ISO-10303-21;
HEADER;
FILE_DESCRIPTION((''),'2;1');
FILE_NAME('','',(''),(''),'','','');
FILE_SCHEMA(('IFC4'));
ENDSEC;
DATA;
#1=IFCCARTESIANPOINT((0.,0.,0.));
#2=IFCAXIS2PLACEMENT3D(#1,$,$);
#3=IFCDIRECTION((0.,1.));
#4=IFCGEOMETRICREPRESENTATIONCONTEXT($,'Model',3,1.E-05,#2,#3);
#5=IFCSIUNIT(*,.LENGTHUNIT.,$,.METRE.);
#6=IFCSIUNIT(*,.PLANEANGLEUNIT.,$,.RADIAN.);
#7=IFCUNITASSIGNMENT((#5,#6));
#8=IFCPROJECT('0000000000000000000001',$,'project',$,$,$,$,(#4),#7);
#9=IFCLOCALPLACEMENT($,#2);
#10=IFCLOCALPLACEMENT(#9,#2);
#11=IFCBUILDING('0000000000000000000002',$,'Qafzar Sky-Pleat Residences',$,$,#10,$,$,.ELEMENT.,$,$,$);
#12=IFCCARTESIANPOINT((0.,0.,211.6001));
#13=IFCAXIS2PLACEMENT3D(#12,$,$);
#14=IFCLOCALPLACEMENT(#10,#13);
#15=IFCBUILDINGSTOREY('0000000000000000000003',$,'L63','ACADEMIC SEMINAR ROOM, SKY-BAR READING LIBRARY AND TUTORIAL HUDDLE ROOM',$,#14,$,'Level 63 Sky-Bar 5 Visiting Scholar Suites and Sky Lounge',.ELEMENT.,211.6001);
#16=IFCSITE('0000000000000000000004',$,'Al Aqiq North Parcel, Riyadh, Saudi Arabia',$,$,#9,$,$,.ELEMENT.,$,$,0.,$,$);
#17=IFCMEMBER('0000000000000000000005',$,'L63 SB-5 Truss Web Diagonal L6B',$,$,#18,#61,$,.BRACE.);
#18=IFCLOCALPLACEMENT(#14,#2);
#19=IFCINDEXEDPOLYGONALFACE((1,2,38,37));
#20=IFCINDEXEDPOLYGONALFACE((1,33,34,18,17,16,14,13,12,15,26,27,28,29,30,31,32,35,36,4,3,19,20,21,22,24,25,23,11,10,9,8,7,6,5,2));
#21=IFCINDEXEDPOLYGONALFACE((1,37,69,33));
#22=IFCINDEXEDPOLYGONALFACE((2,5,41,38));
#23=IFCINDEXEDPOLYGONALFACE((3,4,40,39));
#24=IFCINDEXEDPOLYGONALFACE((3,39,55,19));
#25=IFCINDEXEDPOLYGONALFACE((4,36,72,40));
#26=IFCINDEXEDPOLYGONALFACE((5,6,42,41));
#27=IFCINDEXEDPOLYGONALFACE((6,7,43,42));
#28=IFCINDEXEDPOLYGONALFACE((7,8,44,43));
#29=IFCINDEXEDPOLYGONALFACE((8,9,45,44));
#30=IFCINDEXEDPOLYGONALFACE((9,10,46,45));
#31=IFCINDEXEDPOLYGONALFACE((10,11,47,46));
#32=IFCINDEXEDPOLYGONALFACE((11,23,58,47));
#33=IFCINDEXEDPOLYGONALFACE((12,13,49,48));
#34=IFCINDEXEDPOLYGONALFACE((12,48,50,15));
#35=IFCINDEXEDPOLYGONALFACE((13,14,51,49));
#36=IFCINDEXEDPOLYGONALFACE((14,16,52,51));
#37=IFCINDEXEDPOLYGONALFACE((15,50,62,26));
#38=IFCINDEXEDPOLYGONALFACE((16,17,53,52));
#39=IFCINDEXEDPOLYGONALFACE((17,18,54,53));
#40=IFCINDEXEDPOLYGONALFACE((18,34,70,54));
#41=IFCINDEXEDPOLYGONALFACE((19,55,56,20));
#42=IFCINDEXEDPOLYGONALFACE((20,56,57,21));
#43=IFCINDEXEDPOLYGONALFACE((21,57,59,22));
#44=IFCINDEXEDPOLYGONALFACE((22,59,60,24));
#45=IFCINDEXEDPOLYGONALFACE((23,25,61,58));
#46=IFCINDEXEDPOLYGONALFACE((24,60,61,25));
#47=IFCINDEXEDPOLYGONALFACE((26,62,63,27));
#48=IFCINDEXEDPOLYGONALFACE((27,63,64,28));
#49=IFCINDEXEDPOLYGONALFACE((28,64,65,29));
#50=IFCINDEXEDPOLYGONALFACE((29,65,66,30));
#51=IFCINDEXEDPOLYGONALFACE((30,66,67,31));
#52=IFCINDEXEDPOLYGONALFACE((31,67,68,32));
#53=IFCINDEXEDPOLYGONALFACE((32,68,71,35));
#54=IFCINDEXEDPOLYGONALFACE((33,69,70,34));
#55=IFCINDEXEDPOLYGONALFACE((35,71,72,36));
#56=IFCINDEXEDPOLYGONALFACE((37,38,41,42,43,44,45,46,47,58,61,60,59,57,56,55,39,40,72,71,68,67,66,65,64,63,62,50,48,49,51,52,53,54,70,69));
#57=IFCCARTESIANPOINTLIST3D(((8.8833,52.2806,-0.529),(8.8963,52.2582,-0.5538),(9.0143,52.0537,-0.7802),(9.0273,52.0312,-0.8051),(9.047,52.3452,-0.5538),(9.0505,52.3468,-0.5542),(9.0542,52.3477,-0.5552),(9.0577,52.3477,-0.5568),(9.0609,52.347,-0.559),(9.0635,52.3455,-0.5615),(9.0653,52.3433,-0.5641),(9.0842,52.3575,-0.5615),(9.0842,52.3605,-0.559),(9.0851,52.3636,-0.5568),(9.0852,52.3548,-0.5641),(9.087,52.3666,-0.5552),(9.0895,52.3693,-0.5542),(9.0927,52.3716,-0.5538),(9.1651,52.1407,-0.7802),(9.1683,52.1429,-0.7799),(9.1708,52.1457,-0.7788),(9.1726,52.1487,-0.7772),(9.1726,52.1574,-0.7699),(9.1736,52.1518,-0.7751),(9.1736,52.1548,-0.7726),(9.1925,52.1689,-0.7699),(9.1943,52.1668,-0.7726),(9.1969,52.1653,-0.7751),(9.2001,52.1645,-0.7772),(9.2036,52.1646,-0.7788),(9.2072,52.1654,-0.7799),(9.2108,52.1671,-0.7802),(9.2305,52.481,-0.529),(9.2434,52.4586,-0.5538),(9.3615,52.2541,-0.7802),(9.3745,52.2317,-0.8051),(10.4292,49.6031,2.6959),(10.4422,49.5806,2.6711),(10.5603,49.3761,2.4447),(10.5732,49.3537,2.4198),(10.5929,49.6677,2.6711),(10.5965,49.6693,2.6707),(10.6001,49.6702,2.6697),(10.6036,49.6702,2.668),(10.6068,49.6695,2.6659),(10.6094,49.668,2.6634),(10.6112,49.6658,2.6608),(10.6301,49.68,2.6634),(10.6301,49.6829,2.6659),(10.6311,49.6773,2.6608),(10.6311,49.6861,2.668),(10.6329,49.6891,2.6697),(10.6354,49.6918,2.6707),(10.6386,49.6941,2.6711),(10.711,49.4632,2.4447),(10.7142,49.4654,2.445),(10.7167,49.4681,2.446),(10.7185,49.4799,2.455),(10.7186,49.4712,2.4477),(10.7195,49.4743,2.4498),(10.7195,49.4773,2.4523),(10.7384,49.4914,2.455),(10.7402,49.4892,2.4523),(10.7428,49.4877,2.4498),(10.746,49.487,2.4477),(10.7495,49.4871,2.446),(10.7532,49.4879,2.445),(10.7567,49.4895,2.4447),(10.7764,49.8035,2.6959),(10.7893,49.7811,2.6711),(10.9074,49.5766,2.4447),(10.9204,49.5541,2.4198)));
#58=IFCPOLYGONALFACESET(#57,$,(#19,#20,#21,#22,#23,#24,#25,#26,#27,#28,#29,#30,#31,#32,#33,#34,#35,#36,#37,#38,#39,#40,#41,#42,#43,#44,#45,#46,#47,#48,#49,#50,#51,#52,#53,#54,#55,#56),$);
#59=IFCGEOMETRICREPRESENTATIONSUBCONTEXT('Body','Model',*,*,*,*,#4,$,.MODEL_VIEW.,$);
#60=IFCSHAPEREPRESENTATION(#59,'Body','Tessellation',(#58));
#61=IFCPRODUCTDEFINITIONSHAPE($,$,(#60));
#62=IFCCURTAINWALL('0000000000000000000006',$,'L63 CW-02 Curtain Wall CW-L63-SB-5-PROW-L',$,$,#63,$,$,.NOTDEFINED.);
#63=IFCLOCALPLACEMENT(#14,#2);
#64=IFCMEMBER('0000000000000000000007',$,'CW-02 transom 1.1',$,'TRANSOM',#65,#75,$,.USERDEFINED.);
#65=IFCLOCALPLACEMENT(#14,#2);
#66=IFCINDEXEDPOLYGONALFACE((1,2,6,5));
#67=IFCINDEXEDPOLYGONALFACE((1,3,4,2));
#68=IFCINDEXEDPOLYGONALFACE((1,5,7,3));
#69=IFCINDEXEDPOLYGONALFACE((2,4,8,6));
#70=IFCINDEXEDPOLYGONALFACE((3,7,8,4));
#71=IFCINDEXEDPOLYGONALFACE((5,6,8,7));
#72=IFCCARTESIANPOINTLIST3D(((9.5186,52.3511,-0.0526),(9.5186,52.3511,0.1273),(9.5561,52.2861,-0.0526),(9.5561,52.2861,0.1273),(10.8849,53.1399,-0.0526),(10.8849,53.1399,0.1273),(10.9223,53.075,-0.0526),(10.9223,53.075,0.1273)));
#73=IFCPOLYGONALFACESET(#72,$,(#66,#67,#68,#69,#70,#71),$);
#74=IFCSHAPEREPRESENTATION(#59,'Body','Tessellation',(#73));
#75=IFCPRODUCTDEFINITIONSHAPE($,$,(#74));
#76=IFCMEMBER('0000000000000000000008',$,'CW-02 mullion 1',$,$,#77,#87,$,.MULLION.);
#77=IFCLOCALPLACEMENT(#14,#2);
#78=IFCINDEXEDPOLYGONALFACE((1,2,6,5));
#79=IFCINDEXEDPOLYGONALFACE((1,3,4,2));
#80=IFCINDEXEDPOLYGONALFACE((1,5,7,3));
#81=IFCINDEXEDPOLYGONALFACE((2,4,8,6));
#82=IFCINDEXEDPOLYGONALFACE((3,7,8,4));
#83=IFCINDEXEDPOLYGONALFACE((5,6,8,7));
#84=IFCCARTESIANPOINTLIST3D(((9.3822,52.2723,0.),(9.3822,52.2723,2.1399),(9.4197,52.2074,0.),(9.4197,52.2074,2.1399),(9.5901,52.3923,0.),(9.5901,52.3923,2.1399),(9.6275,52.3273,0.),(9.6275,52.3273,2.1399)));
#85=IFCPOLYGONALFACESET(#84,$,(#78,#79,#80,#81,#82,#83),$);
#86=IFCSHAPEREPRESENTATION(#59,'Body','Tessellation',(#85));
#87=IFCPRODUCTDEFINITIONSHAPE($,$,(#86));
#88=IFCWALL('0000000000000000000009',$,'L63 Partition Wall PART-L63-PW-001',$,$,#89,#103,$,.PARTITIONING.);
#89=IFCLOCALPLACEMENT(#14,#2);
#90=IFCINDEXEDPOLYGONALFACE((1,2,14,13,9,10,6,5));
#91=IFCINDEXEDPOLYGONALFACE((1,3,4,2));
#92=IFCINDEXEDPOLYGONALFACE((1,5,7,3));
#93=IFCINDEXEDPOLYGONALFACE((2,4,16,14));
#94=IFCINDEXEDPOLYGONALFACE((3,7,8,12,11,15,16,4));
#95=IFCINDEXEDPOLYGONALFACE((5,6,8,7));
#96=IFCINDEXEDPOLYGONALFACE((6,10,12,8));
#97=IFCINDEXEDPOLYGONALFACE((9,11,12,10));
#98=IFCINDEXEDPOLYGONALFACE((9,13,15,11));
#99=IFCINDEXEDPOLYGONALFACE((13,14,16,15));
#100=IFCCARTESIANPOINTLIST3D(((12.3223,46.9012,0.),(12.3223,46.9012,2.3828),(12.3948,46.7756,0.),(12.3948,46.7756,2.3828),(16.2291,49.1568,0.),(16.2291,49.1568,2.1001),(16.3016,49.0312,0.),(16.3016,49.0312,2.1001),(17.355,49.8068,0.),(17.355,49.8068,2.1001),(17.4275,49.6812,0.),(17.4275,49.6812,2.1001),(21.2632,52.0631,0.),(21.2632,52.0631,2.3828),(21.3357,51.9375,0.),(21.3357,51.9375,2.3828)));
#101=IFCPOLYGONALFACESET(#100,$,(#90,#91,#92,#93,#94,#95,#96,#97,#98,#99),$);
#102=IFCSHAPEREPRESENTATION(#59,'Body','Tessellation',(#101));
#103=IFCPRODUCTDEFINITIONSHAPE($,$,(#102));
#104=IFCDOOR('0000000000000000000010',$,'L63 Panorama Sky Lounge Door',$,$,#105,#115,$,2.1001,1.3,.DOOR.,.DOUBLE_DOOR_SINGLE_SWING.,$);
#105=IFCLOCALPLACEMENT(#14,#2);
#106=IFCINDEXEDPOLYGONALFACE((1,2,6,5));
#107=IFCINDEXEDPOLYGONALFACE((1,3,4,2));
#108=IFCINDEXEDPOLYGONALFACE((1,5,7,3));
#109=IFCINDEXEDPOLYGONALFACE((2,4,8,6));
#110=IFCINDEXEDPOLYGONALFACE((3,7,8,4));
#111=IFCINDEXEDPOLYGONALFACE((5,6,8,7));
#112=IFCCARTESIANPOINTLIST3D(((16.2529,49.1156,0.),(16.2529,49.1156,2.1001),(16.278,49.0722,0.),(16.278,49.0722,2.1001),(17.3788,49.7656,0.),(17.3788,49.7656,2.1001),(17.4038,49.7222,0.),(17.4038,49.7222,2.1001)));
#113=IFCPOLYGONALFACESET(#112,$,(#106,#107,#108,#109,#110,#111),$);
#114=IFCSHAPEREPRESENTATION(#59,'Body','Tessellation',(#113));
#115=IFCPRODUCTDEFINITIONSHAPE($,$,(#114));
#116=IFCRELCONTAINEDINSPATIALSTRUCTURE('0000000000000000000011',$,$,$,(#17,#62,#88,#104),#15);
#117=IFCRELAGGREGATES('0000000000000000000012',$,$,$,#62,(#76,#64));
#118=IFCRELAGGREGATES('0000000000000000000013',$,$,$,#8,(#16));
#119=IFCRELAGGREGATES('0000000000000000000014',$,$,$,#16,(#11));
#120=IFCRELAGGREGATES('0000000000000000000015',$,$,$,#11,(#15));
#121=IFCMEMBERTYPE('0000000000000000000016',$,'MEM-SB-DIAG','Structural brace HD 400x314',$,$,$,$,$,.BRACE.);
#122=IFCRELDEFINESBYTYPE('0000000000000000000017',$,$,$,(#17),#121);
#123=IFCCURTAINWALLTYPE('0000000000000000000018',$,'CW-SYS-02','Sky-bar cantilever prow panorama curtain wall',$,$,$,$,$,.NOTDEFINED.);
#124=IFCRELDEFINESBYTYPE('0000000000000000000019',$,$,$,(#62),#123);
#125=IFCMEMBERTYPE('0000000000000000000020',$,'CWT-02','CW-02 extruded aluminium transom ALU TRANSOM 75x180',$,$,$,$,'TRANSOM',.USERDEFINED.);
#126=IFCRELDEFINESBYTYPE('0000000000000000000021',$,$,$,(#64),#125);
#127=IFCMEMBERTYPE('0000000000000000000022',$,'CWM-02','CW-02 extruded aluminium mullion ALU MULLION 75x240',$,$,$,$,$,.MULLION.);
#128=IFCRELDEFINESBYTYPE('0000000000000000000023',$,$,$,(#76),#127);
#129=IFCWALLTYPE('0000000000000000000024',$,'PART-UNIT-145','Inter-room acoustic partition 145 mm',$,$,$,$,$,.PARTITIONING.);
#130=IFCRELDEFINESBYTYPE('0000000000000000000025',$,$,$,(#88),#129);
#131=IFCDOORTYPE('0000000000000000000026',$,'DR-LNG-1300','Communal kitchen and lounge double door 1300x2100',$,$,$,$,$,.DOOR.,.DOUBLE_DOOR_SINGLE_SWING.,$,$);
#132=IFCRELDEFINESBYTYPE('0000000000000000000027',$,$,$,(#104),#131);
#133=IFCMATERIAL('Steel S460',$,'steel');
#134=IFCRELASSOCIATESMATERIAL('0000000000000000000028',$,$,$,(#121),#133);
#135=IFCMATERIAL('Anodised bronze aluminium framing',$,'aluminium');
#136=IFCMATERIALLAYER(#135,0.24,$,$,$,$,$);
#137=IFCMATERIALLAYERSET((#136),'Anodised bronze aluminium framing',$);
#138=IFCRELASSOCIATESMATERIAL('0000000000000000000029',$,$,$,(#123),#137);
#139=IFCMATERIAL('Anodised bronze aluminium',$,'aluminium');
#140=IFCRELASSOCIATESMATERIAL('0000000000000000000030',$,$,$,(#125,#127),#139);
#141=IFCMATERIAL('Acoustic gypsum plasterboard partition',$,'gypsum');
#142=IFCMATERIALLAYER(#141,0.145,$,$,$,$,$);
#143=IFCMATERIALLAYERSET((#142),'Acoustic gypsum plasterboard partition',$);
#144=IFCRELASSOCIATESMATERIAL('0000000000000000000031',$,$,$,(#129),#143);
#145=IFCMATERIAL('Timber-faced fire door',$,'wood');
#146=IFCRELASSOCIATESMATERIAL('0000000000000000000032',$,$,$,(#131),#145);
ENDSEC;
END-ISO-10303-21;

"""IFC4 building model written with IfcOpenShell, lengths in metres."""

from ifc_helpers import new_model, si_unit, direction, frame, frame_2d, origin, origin_2d, place, context, subcontext, project, spatial, rectangle, i_section, extrude, source, transform, mapped, material, layer, layer_set, material_profile, profile_set, type_object, element, fill, aggregate, save


model = new_model("IFC4")

# Units and contexts
model_context = context("Model", 3, precision=1e-05, world=origin(), true_north=direction((0.0, 1.0)))
body_context = subcontext(model_context, "Body", "Model", "MODEL_VIEW")
ifc_project = project(units=[si_unit("LENGTHUNIT", "METRE"), si_unit("PLANEANGLEUNIT", "RADIAN")], contexts=[model_context])

# Site, building, storey
site_placement = place(None, origin())
site = spatial("IfcSite", under=ifc_project, at=site_placement, Name="Al Aqiq North Parcel, Riyadh, Saudi Arabia", CompositionType="ELEMENT", RefElevation=0.0)
building_placement = place(site_placement, origin())
building = spatial("IfcBuilding", under=site, at=building_placement, Name="Qafzar Sky-Pleat Residences", CompositionType="ELEMENT")
storey_placement = place(building_placement, frame((0.0, 0.0, 211.6001)))
storey = spatial("IfcBuildingStorey", under=building, at=storey_placement, Name="L63", Description="ACADEMIC SEMINAR ROOM, SKY-BAR READING LIBRARY AND TUTORIAL HUDDLE ROOM", LongName="Level 63 Sky-Bar 5 Visiting Scholar Suites and Sky Lounge", CompositionType="ELEMENT", Elevation=211.6001)

# Member
ifc_material_1 = material(Name="Steel S460", Category="steel")
ifc_material_profile_1 = material_profile(ifc_material_1, i_section(OverallWidth=0.4009, OverallDepth=0.3989, WebThickness=0.0229, FlangeThickness=0.0359, FilletRadius=0.0149, at=origin_2d()), Name="HD 400x314")
ifc_profile_set_1 = profile_set([ifc_material_profile_1], Name="Steel S460")
member_type_1 = type_object("IfcMemberType", Name="MEM-SB-DIAG", Description="Structural brace HD 400x314", PredefinedType="BRACE", material=ifc_profile_set_1)
shared_shape_1 = source(origin(), body_context, "Body", "SweptSolid", [
    extrude(i_section(OverallWidth=0.4009, OverallDepth=0.3989, WebThickness=0.0229, FlangeThickness=0.0359, FilletRadius=0.0149, at=origin_2d()), origin(), (0.0, 0.0, 1.0), 4.4675),
])
for number, where, z_axis, x_axis, name in (
    (1, (10.6748, 49.5786, 2.5579), (-0.346033, 0.599328, -0.72185), (-0.866019, -0.500012, 0.0), "L63 SB-5 Truss Web Diagonal L6B"),
):
    element("IfcMember", number, at=place(storey_placement, frame(where, z_axis=z_axis, x_axis=x_axis)), inside=storey, type_object=member_type_1, Name=name, PredefinedType="BRACE", context=body_context, shape_type="MappedRepresentation", body=[
        mapped(shared_shape_1, transform((0.0, 0.0, 0.0), x_axis=(1.0, 0.0, 0.0), y_axis=(0.0, 1.0, 0.0), z_axis=(0.0, 0.0, 1.0), scale=1.0)),
    ])

# Curtain wall, members
ifc_material_2 = material(Name="Anodised bronze aluminium framing", Category="aluminium")
ifc_layer_1 = layer(ifc_material_2, 0.24)
ifc_layer_set_1 = layer_set([ifc_layer_1], Name="Anodised bronze aluminium framing")
curtain_wall_type = type_object("IfcCurtainWallType", Name="CW-SYS-02", Description="Sky-bar cantilever prow panorama curtain wall", PredefinedType="NOTDEFINED", material=ifc_layer_set_1)
curtain_wall_placement = place(storey_placement, origin())
curtain_wall = element("IfcCurtainWall", 2, at=curtain_wall_placement, inside=storey, type_object=curtain_wall_type, Name="L63 CW-02 Curtain Wall CW-L63-SB-5-PROW-L", PredefinedType="NOTDEFINED")
ifc_material_3 = material(Name="Anodised bronze aluminium", Category="aluminium")
ifc_material_profile_2 = material_profile(ifc_material_3, rectangle(XDim=0.075, YDim=0.1799, at=origin_2d()), Name="ALU TRANSOM 75x180")
ifc_profile_set_2 = profile_set([ifc_material_profile_2], Name="Anodised bronze aluminium")
member_type_2 = type_object("IfcMemberType", Name="CWT-02", Description="CW-02 extruded aluminium transom ALU TRANSOM 75x180", ElementType="TRANSOM", PredefinedType="USERDEFINED", material=ifc_profile_set_2)
shared_shape_2 = source(origin(), body_context, "Body", "SweptSolid", [
    extrude(rectangle(XDim=0.075, YDim=0.1799, at=origin_2d()), origin(), (0.0, 0.0, 1.0), 1.5776),
])
member_1_placement = place(storey_placement, frame((9.5374, 52.3186, 0.0374), z_axis=(0.866015, 0.500017, 0.0), x_axis=(-0.500017, 0.866015, 0.0)))
member_1 = element("IfcMember", 3, at=member_1_placement, type_object=member_type_2, Name="CW-02 transom 1.1", ObjectType="TRANSOM", PredefinedType="USERDEFINED", context=body_context, shape_type="MappedRepresentation", body=[
    mapped(shared_shape_2, transform((0.0, 0.0, 0.0), x_axis=(1.0, 0.0, 0.0), y_axis=(0.0, 1.0, 0.0), z_axis=(0.0, 0.0, 1.0), scale=1.0)),
])
ifc_material_profile_3 = material_profile(ifc_material_3, rectangle(XDim=0.075, YDim=0.24, at=origin_2d()), Name="ALU MULLION 75x240")
ifc_profile_set_3 = profile_set([ifc_material_profile_3], Name="Anodised bronze aluminium")
member_type_3 = type_object("IfcMemberType", Name="CWM-02", Description="CW-02 extruded aluminium mullion ALU MULLION 75x240", PredefinedType="MULLION", material=ifc_profile_set_3)
shared_shape_3 = source(origin(), body_context, "Body", "SweptSolid", [
    extrude(rectangle(XDim=0.075, YDim=0.24, at=origin_2d()), origin(), (0.0, 0.0, 1.0), 2.1399),
])
member_2_placement = place(storey_placement, frame((9.5049, 52.2998, 0.0), z_axis=(0.0, 0.0, 1.0), x_axis=(-0.499996, 0.866028, 0.0)))
member_2 = element("IfcMember", 4, at=member_2_placement, type_object=member_type_3, Name="CW-02 mullion 1", PredefinedType="MULLION", context=body_context, shape_type="MappedRepresentation", body=[
    mapped(shared_shape_3, transform((0.0, 0.0, 0.0), x_axis=(1.0, 0.0, 0.0), y_axis=(0.0, 1.0, 0.0), z_axis=(0.0, 0.0, 1.0), scale=1.0)),
])
aggregate(curtain_wall, [member_2, member_1])

# Wall, opening, door
ifc_material_4 = material(Name="Acoustic gypsum plasterboard partition", Category="gypsum")
ifc_layer_2 = layer(ifc_material_4, 0.145)
ifc_layer_set_2 = layer_set([ifc_layer_2], Name="Acoustic gypsum plasterboard partition")
wall_type = type_object("IfcWallType", Name="PART-UNIT-145", Description="Inter-room acoustic partition 145 mm", PredefinedType="PARTITIONING", material=ifc_layer_set_2)
wall_placement = place(storey_placement, frame((12.3584, 46.8384, 0.0), z_axis=(0.0, 0.0, 1.0), x_axis=(0.866033, 0.499987, 0.0)))
wall = element("IfcWall", 5, at=wall_placement, inside=storey, type_object=wall_type, Name="L63 Partition Wall PART-L63-PW-001", PredefinedType="PARTITIONING", context=body_context, shape_type="SweptSolid", body=[
    extrude(rectangle(XDim=10.324, YDim=0.145, at=frame_2d((5.1621, 0.0))), origin(), (0.0, 0.0, 1.0), 2.3828),
])
opening_placement = place(wall_placement, frame((4.5115, 0.0, 0.0)))
opening = element("IfcOpeningElement", 6, at=opening_placement, cuts=wall, PredefinedType="OPENING", context=body_context, shape_type="SweptSolid", body=[
    extrude(rectangle(XDim=1.3, YDim=2.1001, at=frame_2d((0.6499, 1.05))), frame((0.0, 0.0825, 0.0), z_axis=(0.0, -1.0, 0.0), x_axis=(1.0, 0.0, 0.0)), (0.0, 0.0, 1.0), 0.165),
])
ifc_material_5 = material(Name="Timber-faced fire door", Category="wood")
door_type = type_object("IfcDoorType", Name="DR-LNG-1300", Description="Communal kitchen and lounge double door 1300x2100", OperationType="DOUBLE_DOOR_SINGLE_SWING", PredefinedType="DOOR", material=ifc_material_5)
shared_shape_4 = source(origin(), body_context, "Body", "SweptSolid", [
    extrude(rectangle(XDim=1.3, YDim=2.1001, at=frame_2d((0.6499, 1.05))), frame((0.0, 0.0249, 0.0), z_axis=(0.0, -1.0, 0.0), x_axis=(1.0, 0.0, 0.0)), (0.0, 0.0, 1.0), 0.05),
])
door_placement = place(opening_placement, origin())
door = element("IfcDoor", 7, at=door_placement, inside=storey, type_object=door_type, Name="L63 Panorama Sky Lounge Door", OperationType="DOUBLE_DOOR_SINGLE_SWING", OverallHeight=2.1001, OverallWidth=1.3, PredefinedType="DOOR", context=body_context, shape_type="MappedRepresentation", body=[
    mapped(shared_shape_4, transform((0.0, 0.0, 0.0), x_axis=(1.0, 0.0, 0.0), y_axis=(0.0, 1.0, 0.0), z_axis=(0.0, 0.0, 1.0), scale=1.0)),
])
fill(opening, door)

save(model, "model.ifc")
